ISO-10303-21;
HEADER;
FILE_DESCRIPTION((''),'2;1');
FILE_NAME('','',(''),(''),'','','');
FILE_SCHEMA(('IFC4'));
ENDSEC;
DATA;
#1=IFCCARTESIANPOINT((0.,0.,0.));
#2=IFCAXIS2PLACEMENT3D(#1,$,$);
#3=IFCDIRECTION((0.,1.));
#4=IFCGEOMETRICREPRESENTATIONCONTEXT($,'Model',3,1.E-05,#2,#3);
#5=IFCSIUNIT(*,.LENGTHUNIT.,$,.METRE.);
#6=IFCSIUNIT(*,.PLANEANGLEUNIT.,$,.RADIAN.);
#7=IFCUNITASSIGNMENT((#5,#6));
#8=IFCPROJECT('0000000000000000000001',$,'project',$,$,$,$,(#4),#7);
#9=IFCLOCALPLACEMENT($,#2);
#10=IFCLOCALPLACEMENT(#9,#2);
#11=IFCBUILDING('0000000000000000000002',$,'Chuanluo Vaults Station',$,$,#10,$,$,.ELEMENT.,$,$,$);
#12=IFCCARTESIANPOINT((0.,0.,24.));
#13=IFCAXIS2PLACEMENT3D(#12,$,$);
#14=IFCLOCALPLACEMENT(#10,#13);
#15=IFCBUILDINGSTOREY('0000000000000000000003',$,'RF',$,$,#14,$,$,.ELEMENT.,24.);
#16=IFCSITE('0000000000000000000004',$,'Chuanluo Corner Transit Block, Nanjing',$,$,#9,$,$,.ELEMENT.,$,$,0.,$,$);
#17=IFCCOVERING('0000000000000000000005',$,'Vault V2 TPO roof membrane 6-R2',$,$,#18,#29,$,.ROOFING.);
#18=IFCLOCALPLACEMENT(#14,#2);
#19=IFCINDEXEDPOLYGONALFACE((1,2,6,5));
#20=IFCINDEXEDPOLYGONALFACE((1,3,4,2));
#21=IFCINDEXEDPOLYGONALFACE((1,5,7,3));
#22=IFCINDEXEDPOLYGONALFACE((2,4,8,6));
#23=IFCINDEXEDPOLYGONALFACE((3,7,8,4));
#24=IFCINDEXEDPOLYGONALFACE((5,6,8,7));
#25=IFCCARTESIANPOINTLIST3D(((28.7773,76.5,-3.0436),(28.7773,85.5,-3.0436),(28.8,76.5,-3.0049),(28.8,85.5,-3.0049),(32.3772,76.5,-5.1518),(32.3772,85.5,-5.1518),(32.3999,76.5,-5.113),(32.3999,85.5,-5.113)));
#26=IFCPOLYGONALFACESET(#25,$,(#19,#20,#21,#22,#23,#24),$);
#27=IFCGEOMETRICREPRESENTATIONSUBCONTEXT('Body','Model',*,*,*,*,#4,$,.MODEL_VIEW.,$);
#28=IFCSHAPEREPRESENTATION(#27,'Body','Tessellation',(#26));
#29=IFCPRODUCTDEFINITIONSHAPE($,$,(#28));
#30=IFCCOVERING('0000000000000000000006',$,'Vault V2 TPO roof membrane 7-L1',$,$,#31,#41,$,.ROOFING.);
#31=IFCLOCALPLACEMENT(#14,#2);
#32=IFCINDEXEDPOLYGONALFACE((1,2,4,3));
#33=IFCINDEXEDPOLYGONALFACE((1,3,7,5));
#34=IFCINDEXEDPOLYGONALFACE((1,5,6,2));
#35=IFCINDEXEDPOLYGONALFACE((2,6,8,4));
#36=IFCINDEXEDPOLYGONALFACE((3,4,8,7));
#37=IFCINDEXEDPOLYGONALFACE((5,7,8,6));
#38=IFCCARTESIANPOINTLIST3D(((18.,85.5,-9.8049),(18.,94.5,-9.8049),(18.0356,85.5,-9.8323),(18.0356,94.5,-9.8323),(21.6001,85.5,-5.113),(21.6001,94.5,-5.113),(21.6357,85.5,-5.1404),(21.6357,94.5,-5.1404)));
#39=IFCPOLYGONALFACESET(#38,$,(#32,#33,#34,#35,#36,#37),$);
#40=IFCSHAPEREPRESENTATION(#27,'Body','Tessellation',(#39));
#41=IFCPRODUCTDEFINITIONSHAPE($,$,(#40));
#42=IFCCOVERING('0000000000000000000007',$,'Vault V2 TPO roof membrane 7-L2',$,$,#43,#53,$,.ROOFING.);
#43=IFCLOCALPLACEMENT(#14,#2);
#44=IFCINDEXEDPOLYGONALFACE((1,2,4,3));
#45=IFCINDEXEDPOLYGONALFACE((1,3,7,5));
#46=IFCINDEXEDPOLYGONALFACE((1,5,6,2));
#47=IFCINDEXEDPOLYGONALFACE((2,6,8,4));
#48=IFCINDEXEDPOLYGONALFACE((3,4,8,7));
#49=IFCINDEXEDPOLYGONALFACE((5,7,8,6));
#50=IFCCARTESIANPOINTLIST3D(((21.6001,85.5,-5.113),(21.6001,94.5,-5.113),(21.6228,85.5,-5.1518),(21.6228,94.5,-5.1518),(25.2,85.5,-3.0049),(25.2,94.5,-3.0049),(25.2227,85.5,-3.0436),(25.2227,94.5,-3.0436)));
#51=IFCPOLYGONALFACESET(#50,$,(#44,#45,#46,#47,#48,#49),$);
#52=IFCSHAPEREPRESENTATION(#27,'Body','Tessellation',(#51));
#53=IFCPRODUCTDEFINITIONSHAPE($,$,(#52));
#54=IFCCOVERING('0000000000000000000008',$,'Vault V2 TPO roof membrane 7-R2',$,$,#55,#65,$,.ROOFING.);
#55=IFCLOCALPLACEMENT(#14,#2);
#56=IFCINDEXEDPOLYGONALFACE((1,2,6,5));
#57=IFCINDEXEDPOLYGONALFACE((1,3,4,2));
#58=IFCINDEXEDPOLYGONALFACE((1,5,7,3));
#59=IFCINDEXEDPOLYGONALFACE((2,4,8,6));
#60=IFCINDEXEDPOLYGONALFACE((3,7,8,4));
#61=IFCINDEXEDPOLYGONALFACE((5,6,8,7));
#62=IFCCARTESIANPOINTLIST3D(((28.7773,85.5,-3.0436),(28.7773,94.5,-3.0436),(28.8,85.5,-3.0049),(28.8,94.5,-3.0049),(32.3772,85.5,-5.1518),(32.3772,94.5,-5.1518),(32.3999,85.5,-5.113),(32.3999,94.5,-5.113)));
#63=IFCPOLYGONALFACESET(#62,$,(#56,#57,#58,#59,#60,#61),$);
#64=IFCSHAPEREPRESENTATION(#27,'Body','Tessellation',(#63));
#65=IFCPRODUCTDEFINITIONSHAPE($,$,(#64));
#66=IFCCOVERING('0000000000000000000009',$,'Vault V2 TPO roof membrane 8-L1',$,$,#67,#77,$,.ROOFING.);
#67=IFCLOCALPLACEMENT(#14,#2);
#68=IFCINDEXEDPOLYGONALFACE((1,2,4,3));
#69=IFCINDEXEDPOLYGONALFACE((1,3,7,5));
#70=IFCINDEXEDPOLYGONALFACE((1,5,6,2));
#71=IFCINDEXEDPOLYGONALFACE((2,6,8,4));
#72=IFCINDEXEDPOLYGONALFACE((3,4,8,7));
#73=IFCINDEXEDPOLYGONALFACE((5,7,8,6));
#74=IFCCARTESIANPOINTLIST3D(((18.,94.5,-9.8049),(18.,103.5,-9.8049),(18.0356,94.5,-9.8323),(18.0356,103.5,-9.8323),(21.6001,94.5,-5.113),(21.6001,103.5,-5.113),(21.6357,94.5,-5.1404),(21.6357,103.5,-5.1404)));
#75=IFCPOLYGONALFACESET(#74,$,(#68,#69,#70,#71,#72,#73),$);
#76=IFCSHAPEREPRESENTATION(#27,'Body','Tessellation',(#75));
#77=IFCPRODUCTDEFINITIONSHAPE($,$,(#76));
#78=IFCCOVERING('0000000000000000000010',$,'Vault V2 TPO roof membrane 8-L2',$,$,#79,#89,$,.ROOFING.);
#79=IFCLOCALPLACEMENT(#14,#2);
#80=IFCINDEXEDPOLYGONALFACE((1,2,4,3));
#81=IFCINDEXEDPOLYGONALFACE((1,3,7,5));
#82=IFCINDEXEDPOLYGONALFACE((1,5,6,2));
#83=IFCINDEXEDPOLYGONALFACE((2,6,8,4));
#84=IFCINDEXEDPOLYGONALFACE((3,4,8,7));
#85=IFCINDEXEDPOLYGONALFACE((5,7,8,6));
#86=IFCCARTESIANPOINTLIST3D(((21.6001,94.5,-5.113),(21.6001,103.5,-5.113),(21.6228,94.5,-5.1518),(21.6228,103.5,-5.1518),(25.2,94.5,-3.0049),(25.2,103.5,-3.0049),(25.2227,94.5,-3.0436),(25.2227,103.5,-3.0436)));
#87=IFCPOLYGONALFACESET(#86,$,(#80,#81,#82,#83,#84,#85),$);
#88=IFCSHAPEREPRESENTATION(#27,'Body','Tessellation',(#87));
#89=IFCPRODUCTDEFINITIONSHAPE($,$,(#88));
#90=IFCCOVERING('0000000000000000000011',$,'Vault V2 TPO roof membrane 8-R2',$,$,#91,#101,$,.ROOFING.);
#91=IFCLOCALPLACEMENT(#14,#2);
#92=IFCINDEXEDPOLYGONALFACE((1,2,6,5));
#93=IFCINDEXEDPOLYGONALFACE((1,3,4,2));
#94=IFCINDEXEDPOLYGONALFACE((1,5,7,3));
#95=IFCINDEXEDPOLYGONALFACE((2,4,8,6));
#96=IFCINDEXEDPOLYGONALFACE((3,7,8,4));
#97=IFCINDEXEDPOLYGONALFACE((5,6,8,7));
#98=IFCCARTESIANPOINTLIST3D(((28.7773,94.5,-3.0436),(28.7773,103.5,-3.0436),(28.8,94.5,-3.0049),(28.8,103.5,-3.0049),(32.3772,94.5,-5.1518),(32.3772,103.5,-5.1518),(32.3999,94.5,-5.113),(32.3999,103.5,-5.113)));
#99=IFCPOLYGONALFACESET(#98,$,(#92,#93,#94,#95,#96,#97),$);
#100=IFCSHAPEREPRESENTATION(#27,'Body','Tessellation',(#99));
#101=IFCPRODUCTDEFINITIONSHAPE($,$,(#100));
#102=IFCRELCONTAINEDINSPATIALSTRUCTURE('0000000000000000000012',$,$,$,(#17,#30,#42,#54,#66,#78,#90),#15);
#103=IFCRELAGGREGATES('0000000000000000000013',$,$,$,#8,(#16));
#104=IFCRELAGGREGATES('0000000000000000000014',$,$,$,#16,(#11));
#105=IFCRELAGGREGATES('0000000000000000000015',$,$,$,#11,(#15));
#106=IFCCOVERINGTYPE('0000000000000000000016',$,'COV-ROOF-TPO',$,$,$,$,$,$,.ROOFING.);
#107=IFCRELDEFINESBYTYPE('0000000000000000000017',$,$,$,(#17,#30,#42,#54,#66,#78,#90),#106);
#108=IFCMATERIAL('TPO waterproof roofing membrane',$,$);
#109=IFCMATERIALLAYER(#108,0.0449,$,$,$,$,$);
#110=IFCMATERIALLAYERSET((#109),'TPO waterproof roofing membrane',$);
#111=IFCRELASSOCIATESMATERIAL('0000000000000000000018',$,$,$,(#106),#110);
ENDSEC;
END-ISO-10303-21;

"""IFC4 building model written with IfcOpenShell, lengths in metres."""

from ifc_helpers import new_model, si_unit, direction, frame, origin, place, context, subcontext, project, spatial, polyline, outline, extrude, material, layer, layer_set, type_object, element, save


model = new_model("IFC4")

# Units and contexts
model_context = context("Model", 3, precision=1e-05, world=origin(), true_north=direction((0.0, 1.0)))
body_context = subcontext(model_context, "Body", "Model", "MODEL_VIEW")
ifc_project = project(units=[si_unit("LENGTHUNIT", "METRE"), si_unit("PLANEANGLEUNIT", "RADIAN")], contexts=[model_context])

# Site, building, storey
site_placement = place(None, origin())
site = spatial("IfcSite", under=ifc_project, at=site_placement, Name="Chuanluo Corner Transit Block, Nanjing", CompositionType="ELEMENT", RefElevation=0.0)
building_placement = place(site_placement, origin())
building = spatial("IfcBuilding", under=site, at=building_placement, Name="Chuanluo Vaults Station", CompositionType="ELEMENT")
storey_placement = place(building_placement, frame((0.0, 0.0, 24.0)))
storey = spatial("IfcBuildingStorey", under=building, at=storey_placement, Name="RF", CompositionType="ELEMENT", Elevation=24.0)

# Coverings
ifc_material_1 = material(Name="TPO waterproof roofing membrane")
ifc_layer_1 = layer(ifc_material_1, 0.0449)
ifc_layer_set_1 = layer_set([ifc_layer_1], Name="TPO waterproof roofing membrane")
covering_type_1 = type_object("IfcCoveringType", Name="COV-ROOF-TPO", PredefinedType="ROOFING", material=ifc_layer_set_1)
for number, where, z_axis, x_axis, name in (
    (1, (28.8, 76.5, -3.0049), (0.505344, 0.0, 0.862918), (0.862918, 0.0, -0.505344), "Vault V2 TPO roof membrane 6-R2"),
):
    element("IfcCovering", number, at=place(storey_placement, frame(where, z_axis=z_axis, x_axis=x_axis)), inside=storey, type_object=covering_type_1, Name=name, PredefinedType="ROOFING", context=body_context, shape_type="SweptSolid", body=[
        extrude(outline(polyline([(0.0, 0.0), (4.1717, 0.0), (4.1717, 9.0), (0.0, 9.0), (0.0, 0.0)])), origin(), (0.0, 0.0, -1.0), 0.0449),
    ])
covering_1_placement = place(storey_placement, frame((18.0, 85.5, -9.8049), z_axis=(-0.793363, 0.0, 0.608749), x_axis=(0.608749, 0.0, 0.793363)))
element("IfcCovering", 2, at=covering_1_placement, inside=storey, type_object=covering_type_1, Name="Vault V2 TPO roof membrane 7-L1", PredefinedType="ROOFING", context=body_context, shape_type="SweptSolid", body=[
    extrude(outline(polyline([(0.0, 0.0), (5.9139, 0.0), (5.9139, 9.0), (0.0, 9.0), (0.0, 0.0)])), origin(), (0.0, 0.0, -1.0), 0.0449),
])
for number, where, z_axis, x_axis, name in (
    (3, (21.6001, 85.5, -5.113), (-0.505344, 0.0, 0.862918), (0.862918, 0.0, 0.505344), "Vault V2 TPO roof membrane 7-L2"),
    (4, (28.8, 85.5, -3.0049), (0.505344, 0.0, 0.862918), (0.862918, 0.0, -0.505344), "Vault V2 TPO roof membrane 7-R2"),
):
    element("IfcCovering", number, at=place(storey_placement, frame(where, z_axis=z_axis, x_axis=x_axis)), inside=storey, type_object=covering_type_1, Name=name, PredefinedType="ROOFING", context=body_context, shape_type="SweptSolid", body=[
        extrude(outline(polyline([(0.0, 0.0), (4.1717, 0.0), (4.1717, 9.0), (0.0, 9.0), (0.0, 0.0)])), origin(), (0.0, 0.0, -1.0), 0.0449),
    ])
covering_2_placement = place(storey_placement, frame((18.0, 94.5, -9.8049), z_axis=(-0.793363, 0.0, 0.608749), x_axis=(0.608749, 0.0, 0.793363)))
element("IfcCovering", 5, at=covering_2_placement, inside=storey, type_object=covering_type_1, Name="Vault V2 TPO roof membrane 8-L1", PredefinedType="ROOFING", context=body_context, shape_type="SweptSolid", body=[
    extrude(outline(polyline([(0.0, 0.0), (5.9139, 0.0), (5.9139, 9.0), (0.0, 9.0), (0.0, 0.0)])), origin(), (0.0, 0.0, -1.0), 0.0449),
])
for number, where, z_axis, x_axis, name in (
    (6, (21.6001, 94.5, -5.113), (-0.505344, 0.0, 0.862918), (0.862918, 0.0, 0.505344), "Vault V2 TPO roof membrane 8-L2"),
    (7, (28.8, 94.5, -3.0049), (0.505344, 0.0, 0.862918), (0.862918, 0.0, -0.505344), "Vault V2 TPO roof membrane 8-R2"),
):
    element("IfcCovering", number, at=place(storey_placement, frame(where, z_axis=z_axis, x_axis=x_axis)), inside=storey, type_object=covering_type_1, Name=name, PredefinedType="ROOFING", context=body_context, shape_type="SweptSolid", body=[
        extrude(outline(polyline([(0.0, 0.0), (4.1717, 0.0), (4.1717, 9.0), (0.0, 9.0), (0.0, 0.0)])), origin(), (0.0, 0.0, -1.0), 0.0449),
    ])

save(model, "model.ifc")
